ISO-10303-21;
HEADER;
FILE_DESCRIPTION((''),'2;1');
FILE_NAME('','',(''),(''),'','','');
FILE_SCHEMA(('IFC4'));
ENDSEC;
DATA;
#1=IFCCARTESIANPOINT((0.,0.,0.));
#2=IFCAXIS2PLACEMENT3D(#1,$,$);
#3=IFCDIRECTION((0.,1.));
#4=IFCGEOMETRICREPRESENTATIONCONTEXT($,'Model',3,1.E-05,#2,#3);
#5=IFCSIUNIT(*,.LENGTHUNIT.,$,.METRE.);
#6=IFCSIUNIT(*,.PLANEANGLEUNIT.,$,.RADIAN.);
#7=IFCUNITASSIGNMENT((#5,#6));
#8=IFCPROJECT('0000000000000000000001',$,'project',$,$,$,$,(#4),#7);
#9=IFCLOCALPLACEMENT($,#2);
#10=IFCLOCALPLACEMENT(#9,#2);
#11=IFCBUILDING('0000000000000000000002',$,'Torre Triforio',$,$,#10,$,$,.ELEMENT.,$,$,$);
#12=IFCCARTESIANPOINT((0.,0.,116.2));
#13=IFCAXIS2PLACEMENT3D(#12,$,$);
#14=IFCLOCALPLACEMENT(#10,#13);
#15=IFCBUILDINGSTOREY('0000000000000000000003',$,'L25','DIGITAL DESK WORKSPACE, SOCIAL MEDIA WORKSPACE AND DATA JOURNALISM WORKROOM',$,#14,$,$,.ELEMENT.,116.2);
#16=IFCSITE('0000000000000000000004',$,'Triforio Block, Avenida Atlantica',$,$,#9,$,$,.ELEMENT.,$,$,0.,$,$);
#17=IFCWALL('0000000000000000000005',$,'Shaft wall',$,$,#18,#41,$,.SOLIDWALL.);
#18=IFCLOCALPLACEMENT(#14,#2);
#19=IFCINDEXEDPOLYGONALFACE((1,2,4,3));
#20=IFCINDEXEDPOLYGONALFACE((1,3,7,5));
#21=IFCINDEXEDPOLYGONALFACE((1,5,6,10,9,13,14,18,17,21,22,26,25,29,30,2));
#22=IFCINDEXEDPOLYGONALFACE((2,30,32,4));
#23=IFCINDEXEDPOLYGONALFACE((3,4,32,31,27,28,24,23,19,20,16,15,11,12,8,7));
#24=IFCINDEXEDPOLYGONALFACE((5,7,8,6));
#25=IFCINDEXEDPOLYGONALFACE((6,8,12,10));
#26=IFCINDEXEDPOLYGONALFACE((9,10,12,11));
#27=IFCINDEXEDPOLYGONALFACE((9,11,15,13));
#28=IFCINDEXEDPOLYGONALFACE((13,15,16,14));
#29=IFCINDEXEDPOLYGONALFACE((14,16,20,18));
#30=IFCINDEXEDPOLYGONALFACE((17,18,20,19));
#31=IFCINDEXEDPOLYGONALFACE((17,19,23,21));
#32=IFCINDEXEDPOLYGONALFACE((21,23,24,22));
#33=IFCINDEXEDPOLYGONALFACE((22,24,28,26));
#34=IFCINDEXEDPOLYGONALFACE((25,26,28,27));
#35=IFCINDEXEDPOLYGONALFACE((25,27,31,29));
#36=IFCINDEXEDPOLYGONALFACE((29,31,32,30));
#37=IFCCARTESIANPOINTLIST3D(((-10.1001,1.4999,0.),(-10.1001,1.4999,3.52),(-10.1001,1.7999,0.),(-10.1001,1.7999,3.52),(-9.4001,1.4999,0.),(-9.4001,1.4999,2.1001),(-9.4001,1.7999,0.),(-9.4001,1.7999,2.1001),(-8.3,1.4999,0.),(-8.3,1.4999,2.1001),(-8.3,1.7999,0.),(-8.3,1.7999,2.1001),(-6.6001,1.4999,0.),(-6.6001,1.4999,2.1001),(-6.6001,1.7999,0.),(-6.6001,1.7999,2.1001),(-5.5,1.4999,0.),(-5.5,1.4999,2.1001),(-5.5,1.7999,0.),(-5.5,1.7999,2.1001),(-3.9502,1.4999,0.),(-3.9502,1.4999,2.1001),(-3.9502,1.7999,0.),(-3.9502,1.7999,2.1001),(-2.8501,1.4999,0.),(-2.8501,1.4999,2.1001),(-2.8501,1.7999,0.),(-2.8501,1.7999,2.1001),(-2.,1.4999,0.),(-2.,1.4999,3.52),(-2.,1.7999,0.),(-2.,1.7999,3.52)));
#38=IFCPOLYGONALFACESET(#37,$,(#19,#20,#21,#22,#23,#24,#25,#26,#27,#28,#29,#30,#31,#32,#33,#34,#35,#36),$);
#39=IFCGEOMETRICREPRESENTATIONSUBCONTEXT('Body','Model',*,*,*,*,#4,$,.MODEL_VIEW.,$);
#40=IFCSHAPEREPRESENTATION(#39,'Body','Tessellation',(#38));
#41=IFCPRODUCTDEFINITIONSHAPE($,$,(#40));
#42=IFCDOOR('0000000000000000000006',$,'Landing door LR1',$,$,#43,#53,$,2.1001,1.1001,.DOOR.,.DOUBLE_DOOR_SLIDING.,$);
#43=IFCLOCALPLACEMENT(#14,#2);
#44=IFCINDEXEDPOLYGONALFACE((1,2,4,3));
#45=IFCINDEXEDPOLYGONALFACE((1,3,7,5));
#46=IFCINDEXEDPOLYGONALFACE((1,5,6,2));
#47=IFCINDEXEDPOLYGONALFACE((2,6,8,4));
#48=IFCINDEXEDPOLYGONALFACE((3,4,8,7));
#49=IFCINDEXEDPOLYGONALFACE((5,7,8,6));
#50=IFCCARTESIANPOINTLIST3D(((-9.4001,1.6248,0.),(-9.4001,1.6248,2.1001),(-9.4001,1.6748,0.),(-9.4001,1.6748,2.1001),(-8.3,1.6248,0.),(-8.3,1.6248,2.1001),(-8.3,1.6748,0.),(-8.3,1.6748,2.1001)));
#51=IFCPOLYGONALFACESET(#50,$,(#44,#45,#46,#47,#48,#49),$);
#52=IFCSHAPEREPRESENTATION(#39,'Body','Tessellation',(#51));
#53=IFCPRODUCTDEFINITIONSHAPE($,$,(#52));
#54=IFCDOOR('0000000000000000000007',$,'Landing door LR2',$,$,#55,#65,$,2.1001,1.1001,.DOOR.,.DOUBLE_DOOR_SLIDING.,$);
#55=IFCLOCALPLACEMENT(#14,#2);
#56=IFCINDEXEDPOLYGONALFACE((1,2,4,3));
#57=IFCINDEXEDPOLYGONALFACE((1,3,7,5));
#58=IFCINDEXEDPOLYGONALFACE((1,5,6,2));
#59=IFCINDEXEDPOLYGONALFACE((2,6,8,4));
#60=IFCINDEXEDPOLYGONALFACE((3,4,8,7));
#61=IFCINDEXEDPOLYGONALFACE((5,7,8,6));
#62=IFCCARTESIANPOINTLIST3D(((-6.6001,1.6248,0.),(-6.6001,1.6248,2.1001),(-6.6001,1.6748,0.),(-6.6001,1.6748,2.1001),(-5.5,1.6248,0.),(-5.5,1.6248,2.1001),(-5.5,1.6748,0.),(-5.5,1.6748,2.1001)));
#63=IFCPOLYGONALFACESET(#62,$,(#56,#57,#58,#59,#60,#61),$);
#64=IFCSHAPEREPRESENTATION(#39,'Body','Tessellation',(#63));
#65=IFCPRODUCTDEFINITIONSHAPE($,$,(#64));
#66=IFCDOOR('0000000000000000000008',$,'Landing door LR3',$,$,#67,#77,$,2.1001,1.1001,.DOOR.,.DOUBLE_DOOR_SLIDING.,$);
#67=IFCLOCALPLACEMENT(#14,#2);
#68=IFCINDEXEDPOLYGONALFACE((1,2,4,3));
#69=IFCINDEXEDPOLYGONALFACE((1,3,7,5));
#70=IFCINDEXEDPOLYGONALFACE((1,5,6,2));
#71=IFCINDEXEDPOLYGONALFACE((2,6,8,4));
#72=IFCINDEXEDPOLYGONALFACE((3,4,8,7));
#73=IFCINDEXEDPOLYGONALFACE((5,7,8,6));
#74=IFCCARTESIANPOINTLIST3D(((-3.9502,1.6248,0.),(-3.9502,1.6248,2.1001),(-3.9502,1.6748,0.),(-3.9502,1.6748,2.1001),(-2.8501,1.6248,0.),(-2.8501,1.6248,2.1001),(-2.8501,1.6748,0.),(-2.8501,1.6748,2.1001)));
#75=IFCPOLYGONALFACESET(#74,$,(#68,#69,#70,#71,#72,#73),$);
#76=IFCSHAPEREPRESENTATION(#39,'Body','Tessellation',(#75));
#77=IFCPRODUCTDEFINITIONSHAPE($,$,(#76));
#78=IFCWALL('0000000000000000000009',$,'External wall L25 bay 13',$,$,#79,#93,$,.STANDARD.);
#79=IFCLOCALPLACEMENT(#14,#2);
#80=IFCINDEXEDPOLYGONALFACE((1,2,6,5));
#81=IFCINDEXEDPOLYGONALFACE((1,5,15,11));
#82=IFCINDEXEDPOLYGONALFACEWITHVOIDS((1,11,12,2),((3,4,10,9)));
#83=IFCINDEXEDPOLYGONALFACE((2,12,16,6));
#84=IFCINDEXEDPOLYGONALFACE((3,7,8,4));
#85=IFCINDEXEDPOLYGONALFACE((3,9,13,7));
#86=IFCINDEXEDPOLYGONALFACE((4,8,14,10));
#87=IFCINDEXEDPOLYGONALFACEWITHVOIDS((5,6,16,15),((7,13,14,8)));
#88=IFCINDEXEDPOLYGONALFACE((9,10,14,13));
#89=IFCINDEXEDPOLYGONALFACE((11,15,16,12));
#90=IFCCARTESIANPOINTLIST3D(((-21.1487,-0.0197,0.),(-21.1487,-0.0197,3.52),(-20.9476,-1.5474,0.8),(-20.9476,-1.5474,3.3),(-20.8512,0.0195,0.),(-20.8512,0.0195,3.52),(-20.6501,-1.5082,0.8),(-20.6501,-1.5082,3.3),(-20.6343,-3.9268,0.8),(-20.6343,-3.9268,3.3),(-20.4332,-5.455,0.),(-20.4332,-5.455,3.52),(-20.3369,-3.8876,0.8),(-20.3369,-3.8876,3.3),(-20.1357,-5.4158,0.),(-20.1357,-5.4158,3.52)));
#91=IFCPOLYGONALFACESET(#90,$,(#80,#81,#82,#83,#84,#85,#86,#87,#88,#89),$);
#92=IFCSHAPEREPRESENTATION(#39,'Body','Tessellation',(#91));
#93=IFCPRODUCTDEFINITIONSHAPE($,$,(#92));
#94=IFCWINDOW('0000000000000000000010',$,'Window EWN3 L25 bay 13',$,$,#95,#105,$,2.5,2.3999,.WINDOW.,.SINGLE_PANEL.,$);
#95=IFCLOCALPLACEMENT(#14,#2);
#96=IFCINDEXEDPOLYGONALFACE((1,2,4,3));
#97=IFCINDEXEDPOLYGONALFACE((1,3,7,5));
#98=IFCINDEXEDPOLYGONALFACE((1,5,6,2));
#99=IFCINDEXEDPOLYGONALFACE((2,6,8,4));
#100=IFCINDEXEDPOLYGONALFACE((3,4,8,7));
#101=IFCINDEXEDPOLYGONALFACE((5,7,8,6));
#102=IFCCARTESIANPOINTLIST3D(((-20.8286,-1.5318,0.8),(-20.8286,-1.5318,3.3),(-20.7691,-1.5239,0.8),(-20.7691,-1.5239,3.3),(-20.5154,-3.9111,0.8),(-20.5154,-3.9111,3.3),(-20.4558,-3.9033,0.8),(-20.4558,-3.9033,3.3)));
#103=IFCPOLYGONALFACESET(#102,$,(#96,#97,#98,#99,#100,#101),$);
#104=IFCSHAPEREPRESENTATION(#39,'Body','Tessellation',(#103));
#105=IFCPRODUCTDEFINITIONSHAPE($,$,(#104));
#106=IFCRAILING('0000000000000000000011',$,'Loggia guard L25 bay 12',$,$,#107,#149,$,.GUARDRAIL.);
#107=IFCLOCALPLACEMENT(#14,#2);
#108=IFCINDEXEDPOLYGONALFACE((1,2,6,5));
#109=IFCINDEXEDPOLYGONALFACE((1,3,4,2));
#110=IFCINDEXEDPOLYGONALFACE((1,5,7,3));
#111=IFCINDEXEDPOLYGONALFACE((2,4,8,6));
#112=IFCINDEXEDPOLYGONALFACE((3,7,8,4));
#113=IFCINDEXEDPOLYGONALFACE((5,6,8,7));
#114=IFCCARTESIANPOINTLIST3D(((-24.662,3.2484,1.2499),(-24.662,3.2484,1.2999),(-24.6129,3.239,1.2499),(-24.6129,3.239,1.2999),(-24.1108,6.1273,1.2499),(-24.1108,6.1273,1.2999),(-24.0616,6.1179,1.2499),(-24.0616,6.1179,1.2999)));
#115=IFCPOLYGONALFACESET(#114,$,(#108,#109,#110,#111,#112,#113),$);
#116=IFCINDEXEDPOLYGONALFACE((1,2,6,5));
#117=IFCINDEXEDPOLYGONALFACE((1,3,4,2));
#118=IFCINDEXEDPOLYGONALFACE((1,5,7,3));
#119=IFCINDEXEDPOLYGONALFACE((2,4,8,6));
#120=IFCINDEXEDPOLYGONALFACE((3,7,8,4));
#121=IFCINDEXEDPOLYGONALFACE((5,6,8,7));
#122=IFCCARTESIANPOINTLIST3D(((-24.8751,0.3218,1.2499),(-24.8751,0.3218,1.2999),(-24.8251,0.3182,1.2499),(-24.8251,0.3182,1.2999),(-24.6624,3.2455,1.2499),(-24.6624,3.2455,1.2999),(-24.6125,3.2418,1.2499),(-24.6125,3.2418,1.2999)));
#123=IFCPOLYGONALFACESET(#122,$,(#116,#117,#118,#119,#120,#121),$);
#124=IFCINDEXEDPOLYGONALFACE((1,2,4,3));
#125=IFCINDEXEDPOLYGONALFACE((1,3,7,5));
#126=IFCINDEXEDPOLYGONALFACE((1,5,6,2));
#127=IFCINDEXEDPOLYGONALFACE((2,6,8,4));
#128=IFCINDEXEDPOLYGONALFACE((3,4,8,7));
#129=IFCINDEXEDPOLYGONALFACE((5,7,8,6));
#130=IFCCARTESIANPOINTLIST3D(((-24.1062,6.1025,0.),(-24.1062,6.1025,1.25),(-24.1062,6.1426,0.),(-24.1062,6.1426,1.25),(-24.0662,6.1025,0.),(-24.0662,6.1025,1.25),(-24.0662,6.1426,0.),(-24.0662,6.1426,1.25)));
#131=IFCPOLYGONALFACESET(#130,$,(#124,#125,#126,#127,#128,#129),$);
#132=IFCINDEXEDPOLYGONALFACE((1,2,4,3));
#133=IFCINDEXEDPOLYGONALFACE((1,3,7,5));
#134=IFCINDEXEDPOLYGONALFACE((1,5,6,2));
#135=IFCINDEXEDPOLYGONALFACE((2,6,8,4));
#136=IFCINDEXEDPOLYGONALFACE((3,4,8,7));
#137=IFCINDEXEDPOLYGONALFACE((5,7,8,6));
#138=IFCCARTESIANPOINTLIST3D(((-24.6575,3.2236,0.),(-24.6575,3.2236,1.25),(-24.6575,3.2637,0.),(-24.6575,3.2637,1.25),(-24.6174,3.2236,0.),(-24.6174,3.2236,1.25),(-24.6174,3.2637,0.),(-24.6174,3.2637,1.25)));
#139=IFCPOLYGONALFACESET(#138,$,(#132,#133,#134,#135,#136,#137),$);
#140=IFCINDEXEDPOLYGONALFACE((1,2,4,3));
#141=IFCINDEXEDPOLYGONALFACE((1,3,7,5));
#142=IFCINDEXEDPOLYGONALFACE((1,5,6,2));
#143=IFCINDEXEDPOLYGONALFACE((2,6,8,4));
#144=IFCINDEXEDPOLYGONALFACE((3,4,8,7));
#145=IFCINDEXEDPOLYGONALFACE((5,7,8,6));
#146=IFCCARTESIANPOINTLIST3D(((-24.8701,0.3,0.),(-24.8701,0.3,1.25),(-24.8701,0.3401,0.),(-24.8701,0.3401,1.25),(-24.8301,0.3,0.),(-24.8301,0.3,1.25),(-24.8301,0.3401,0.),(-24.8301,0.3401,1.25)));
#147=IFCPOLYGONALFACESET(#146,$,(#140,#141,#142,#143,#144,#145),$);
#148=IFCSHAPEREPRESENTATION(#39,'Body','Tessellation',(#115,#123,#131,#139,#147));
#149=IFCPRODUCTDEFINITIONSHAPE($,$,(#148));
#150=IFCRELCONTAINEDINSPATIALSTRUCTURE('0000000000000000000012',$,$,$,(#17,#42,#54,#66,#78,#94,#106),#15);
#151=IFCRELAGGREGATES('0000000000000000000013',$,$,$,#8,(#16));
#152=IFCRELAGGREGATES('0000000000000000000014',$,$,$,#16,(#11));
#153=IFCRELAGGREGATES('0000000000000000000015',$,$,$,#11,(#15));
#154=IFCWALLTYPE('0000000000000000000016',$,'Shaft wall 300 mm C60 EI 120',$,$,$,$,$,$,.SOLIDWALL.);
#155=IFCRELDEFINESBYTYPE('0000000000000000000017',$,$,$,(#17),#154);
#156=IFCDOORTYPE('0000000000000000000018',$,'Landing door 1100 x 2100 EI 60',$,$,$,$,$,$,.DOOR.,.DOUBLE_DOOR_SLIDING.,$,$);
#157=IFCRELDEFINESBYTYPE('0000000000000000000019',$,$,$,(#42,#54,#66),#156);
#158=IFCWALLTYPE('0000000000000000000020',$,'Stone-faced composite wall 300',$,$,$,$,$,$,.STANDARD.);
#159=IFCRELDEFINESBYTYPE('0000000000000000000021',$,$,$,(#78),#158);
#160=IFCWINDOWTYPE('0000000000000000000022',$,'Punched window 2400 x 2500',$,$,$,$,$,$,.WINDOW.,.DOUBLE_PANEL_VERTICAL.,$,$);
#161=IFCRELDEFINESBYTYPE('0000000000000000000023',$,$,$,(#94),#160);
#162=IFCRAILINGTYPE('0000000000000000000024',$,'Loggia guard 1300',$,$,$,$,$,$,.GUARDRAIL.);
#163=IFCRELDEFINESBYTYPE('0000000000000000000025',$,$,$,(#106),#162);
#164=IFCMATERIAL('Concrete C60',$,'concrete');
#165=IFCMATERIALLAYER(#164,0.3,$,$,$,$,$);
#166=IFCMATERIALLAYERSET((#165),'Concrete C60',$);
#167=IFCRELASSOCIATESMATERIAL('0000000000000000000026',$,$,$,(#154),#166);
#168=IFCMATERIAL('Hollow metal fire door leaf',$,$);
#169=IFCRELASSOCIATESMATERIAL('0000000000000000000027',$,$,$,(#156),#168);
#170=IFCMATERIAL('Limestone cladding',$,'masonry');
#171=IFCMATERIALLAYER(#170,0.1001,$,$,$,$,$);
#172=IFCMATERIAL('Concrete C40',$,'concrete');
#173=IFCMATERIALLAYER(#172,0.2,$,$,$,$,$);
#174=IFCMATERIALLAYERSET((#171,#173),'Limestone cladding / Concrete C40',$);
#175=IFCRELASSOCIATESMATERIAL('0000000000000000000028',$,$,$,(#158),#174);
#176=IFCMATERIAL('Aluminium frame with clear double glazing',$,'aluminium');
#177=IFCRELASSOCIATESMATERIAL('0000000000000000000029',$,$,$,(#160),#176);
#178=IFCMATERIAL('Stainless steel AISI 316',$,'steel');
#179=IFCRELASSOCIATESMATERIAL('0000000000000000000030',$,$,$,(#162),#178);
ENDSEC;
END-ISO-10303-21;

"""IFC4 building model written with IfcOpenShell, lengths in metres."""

from ifc_helpers import new_model, si_unit, direction, frame, frame_2d, origin, origin_2d, place, context, subcontext, project, spatial, rectangle, extrude, material, layer, layer_set, type_object, element, fill, save


model = new_model("IFC4")

# Units and contexts
model_context = context("Model", 3, precision=1e-05, world=origin(), true_north=direction((0.0, 1.0)))
body_context = subcontext(model_context, "Body", "Model", "MODEL_VIEW")
ifc_project = project(units=[si_unit("LENGTHUNIT", "METRE"), si_unit("PLANEANGLEUNIT", "RADIAN")], contexts=[model_context])

# Site, building, storey
site_placement = place(None, origin())
site = spatial("IfcSite", under=ifc_project, at=site_placement, Name="Triforio Block, Avenida Atlantica", CompositionType="ELEMENT", RefElevation=0.0)
building_placement = place(site_placement, origin())
building = spatial("IfcBuilding", under=site, at=building_placement, Name="Torre Triforio", CompositionType="ELEMENT")
storey_placement = place(building_placement, frame((0.0, 0.0, 116.2)))
storey = spatial("IfcBuildingStorey", under=building, at=storey_placement, Name="L25", Description="DIGITAL DESK WORKSPACE, SOCIAL MEDIA WORKSPACE AND DATA JOURNALISM WORKROOM", CompositionType="ELEMENT", Elevation=116.2)

# Shared definitions
ifc_material_1 = material(Name="Concrete C60", Category="concrete")
ifc_material_2 = material(Name="Hollow metal fire door leaf")

# Shared definitions
ifc_layer_1 = layer(ifc_material_1, 0.3)
ifc_layer_set_1 = layer_set([ifc_layer_1], Name="Concrete C60")
wall_type_1 = type_object("IfcWallType", Name="Shaft wall 300 mm C60 EI 120", PredefinedType="SOLIDWALL", material=ifc_layer_set_1)

# Wall, openings, doors
wall_1_placement = place(storey_placement, frame((-10.1001, 1.6499, 0.0), z_axis=(0.0, 0.0, 1.0), x_axis=(1.0, 0.0, 0.0)))
wall_1 = element("IfcWall", 1, at=wall_1_placement, inside=storey, type_object=wall_type_1, Name="Shaft wall", PredefinedType="SOLIDWALL", context=body_context, shape_type="SweptSolid", body=[
    extrude(rectangle(XDim=8.1001, YDim=0.3, at=frame_2d((4.05, 0.0))), origin(), (0.0, 0.0, 1.0), 3.52),
])
opening_1_placement = place(wall_1_placement, frame((0.7, 0.0, 0.0)))
opening_1 = element("IfcOpeningElement", 2, at=opening_1_placement, cuts=wall_1, PredefinedType="OPENING", context=body_context, shape_type="SweptSolid", body=[
    extrude(rectangle(XDim=1.1001, YDim=2.1001, at=frame_2d((0.55, 1.05))), frame((0.0, 0.1599, 0.0), z_axis=(0.0, -1.0, 0.0), x_axis=(1.0, 0.0, 0.0)), (0.0, 0.0, 1.0), 0.3201),
])
opening_2_placement = place(wall_1_placement, frame((3.5, 0.0, 0.0)))
opening_2 = element("IfcOpeningElement", 3, at=opening_2_placement, cuts=wall_1, PredefinedType="OPENING", context=body_context, shape_type="SweptSolid", body=[
    extrude(rectangle(XDim=1.1001, YDim=2.1001, at=frame_2d((0.55, 1.05))), frame((0.0, 0.1599, 0.0), z_axis=(0.0, -1.0, 0.0), x_axis=(1.0, 0.0, 0.0)), (0.0, 0.0, 1.0), 0.3201),
])
opening_3_placement = place(wall_1_placement, frame((6.1499, 0.0, 0.0)))
opening_3 = element("IfcOpeningElement", 4, at=opening_3_placement, cuts=wall_1, PredefinedType="OPENING", context=body_context, shape_type="SweptSolid", body=[
    extrude(rectangle(XDim=1.1001, YDim=2.1001, at=frame_2d((0.55, 1.05))), frame((0.0, 0.1599, 0.0), z_axis=(0.0, -1.0, 0.0), x_axis=(1.0, 0.0, 0.0)), (0.0, 0.0, 1.0), 0.3201),
])
door_type_1 = type_object("IfcDoorType", Name="Landing door 1100 x 2100 EI 60", OperationType="DOUBLE_DOOR_SLIDING", PredefinedType="DOOR", material=ifc_material_2)
door_1_placement = place(opening_1_placement, origin())
door_1 = element("IfcDoor", 5, at=door_1_placement, inside=storey, type_object=door_type_1, Name="Landing door LR1", OperationType="DOUBLE_DOOR_SLIDING", OverallHeight=2.1001, OverallWidth=1.1001, PredefinedType="DOOR", context=body_context, shape_type="SweptSolid", body=[
    extrude(rectangle(XDim=1.1001, YDim=2.1001, at=frame_2d((0.55, 1.05))), frame((0.0, 0.0249, 0.0), z_axis=(0.0, -1.0, 0.0), x_axis=(1.0, 0.0, 0.0)), (0.0, 0.0, 1.0), 0.05),
])
fill(opening_1, door_1)
door_2_placement = place(opening_2_placement, origin())
door_2 = element("IfcDoor", 6, at=door_2_placement, inside=storey, type_object=door_type_1, Name="Landing door LR2", OperationType="DOUBLE_DOOR_SLIDING", OverallHeight=2.1001, OverallWidth=1.1001, PredefinedType="DOOR", context=body_context, shape_type="SweptSolid", body=[
    extrude(rectangle(XDim=1.1001, YDim=2.1001, at=frame_2d((0.55, 1.05))), frame((0.0, 0.0249, 0.0), z_axis=(0.0, -1.0, 0.0), x_axis=(1.0, 0.0, 0.0)), (0.0, 0.0, 1.0), 0.05),
])
fill(opening_2, door_2)
door_3_placement = place(opening_3_placement, origin())
door_3 = element("IfcDoor", 7, at=door_3_placement, inside=storey, type_object=door_type_1, Name="Landing door LR3", OperationType="DOUBLE_DOOR_SLIDING", OverallHeight=2.1001, OverallWidth=1.1001, PredefinedType="DOOR", context=body_context, shape_type="SweptSolid", body=[
    extrude(rectangle(XDim=1.1001, YDim=2.1001, at=frame_2d((0.55, 1.05))), frame((0.0, 0.0249, 0.0), z_axis=(0.0, -1.0, 0.0), x_axis=(1.0, 0.0, 0.0)), (0.0, 0.0, 1.0), 0.05),
])
fill(opening_3, door_3)

# Shared definitions
ifc_material_3 = material(Name="Limestone cladding", Category="masonry")
ifc_layer_2 = layer(ifc_material_3, 0.1001)
ifc_material_4 = material(Name="Concrete C40", Category="concrete")
ifc_layer_3 = layer(ifc_material_4, 0.2)
ifc_layer_set_2 = layer_set([ifc_layer_2, ifc_layer_3], Name="Limestone cladding / Concrete C40")
wall_type_2 = type_object("IfcWallType", Name="Stone-faced composite wall 300", PredefinedType="STANDARD", material=ifc_layer_set_2)
ifc_material_5 = material(Name="Aluminium frame with clear double glazing", Category="aluminium")

# Wall, opening, window
wall_2_placement = place(storey_placement, frame((-21.0, 0.0, 0.0), z_axis=(0.0, 0.0, 1.0), x_axis=(0.130527, -0.991445, 0.0)))
wall_2 = element("IfcWall", 8, at=wall_2_placement, inside=storey, type_object=wall_type_2, Name="External wall L25 bay 13", PredefinedType="STANDARD", context=body_context, shape_type="SweptSolid", body=[
    extrude(rectangle(XDim=5.4822, YDim=0.3, at=frame_2d((2.7412, 0.0))), origin(), (0.0, 0.0, 1.0), 3.52),
])
opening_4_placement = place(wall_2_placement, frame((1.541, 0.0, 0.8)))
opening_4 = element("IfcOpeningElement", 9, at=opening_4_placement, cuts=wall_2, PredefinedType="OPENING", context=body_context, shape_type="SweptSolid", body=[
    extrude(rectangle(XDim=2.3999, YDim=2.5, at=frame_2d((1.2, 1.25))), frame((0.0, 0.1599, 0.0), z_axis=(0.0, -1.0, 0.0), x_axis=(1.0, 0.0, 0.0)), (0.0, 0.0, 1.0), 0.3201),
])
window_type_1 = type_object("IfcWindowType", Name="Punched window 2400 x 2500", PartitioningType="DOUBLE_PANEL_VERTICAL", PredefinedType="WINDOW", material=ifc_material_5)
window_1_placement = place(opening_4_placement, origin())
window_1 = element("IfcWindow", 10, at=window_1_placement, inside=storey, type_object=window_type_1, Name="Window EWN3 L25 bay 13", OverallHeight=2.5, OverallWidth=2.3999, PartitioningType="SINGLE_PANEL", PredefinedType="WINDOW", context=body_context, shape_type="SweptSolid", body=[
    extrude(rectangle(XDim=2.3999, YDim=2.5, at=frame_2d((1.2, 1.25))), frame((0.0, 0.03, 0.0), z_axis=(0.0, -1.0, 0.0), x_axis=(1.0, 0.0, 0.0)), (0.0, 0.0, 1.0), 0.0601),
])
fill(opening_4, window_1)

# Railing
ifc_material_6 = material(Name="Stainless steel AISI 316", Category="steel")
railing_type = type_object("IfcRailingType", Name="Loggia guard 1300", PredefinedType="GUARDRAIL", material=ifc_material_6)
railing_placement = place(storey_placement, frame((-24.0862, 6.1226, 0.0)))
element("IfcRailing", 11, at=railing_placement, inside=storey, type_object=railing_type, Name="Loggia guard L25 bay 12", PredefinedType="GUARDRAIL", context=body_context, shape_type="SweptSolid", body=[
    extrude(rectangle(XDim=0.05, YDim=0.05, at=origin_2d()), frame((0.0, 0.0, 1.2749), z_axis=(-0.188069, -0.982156, 0.0), x_axis=(0.982156, -0.188069, 0.0)), (0.0, 0.0, 1.0), 2.9312),
    extrude(rectangle(XDim=0.05, YDim=0.05, at=origin_2d()), frame((-0.5513, -2.8789, 1.2749), z_axis=(-0.072543, -0.997365, 0.0), x_axis=(0.997365, -0.072543, 0.0)), (0.0, 0.0, 1.0), 2.9314),
    extrude(rectangle(XDim=0.04, YDim=0.04, at=origin_2d()), origin(), (0.0, 0.0, 1.0), 1.25),
    extrude(rectangle(XDim=0.04, YDim=0.04, at=origin_2d()), frame((-0.5513, -2.8789, 0.0)), (0.0, 0.0, 1.0), 1.25),
    extrude(rectangle(XDim=0.04, YDim=0.04, at=origin_2d()), frame((-0.7639, -5.8025, 0.0)), (0.0, 0.0, 1.0), 1.25),
])

save(model, "model.ifc")
